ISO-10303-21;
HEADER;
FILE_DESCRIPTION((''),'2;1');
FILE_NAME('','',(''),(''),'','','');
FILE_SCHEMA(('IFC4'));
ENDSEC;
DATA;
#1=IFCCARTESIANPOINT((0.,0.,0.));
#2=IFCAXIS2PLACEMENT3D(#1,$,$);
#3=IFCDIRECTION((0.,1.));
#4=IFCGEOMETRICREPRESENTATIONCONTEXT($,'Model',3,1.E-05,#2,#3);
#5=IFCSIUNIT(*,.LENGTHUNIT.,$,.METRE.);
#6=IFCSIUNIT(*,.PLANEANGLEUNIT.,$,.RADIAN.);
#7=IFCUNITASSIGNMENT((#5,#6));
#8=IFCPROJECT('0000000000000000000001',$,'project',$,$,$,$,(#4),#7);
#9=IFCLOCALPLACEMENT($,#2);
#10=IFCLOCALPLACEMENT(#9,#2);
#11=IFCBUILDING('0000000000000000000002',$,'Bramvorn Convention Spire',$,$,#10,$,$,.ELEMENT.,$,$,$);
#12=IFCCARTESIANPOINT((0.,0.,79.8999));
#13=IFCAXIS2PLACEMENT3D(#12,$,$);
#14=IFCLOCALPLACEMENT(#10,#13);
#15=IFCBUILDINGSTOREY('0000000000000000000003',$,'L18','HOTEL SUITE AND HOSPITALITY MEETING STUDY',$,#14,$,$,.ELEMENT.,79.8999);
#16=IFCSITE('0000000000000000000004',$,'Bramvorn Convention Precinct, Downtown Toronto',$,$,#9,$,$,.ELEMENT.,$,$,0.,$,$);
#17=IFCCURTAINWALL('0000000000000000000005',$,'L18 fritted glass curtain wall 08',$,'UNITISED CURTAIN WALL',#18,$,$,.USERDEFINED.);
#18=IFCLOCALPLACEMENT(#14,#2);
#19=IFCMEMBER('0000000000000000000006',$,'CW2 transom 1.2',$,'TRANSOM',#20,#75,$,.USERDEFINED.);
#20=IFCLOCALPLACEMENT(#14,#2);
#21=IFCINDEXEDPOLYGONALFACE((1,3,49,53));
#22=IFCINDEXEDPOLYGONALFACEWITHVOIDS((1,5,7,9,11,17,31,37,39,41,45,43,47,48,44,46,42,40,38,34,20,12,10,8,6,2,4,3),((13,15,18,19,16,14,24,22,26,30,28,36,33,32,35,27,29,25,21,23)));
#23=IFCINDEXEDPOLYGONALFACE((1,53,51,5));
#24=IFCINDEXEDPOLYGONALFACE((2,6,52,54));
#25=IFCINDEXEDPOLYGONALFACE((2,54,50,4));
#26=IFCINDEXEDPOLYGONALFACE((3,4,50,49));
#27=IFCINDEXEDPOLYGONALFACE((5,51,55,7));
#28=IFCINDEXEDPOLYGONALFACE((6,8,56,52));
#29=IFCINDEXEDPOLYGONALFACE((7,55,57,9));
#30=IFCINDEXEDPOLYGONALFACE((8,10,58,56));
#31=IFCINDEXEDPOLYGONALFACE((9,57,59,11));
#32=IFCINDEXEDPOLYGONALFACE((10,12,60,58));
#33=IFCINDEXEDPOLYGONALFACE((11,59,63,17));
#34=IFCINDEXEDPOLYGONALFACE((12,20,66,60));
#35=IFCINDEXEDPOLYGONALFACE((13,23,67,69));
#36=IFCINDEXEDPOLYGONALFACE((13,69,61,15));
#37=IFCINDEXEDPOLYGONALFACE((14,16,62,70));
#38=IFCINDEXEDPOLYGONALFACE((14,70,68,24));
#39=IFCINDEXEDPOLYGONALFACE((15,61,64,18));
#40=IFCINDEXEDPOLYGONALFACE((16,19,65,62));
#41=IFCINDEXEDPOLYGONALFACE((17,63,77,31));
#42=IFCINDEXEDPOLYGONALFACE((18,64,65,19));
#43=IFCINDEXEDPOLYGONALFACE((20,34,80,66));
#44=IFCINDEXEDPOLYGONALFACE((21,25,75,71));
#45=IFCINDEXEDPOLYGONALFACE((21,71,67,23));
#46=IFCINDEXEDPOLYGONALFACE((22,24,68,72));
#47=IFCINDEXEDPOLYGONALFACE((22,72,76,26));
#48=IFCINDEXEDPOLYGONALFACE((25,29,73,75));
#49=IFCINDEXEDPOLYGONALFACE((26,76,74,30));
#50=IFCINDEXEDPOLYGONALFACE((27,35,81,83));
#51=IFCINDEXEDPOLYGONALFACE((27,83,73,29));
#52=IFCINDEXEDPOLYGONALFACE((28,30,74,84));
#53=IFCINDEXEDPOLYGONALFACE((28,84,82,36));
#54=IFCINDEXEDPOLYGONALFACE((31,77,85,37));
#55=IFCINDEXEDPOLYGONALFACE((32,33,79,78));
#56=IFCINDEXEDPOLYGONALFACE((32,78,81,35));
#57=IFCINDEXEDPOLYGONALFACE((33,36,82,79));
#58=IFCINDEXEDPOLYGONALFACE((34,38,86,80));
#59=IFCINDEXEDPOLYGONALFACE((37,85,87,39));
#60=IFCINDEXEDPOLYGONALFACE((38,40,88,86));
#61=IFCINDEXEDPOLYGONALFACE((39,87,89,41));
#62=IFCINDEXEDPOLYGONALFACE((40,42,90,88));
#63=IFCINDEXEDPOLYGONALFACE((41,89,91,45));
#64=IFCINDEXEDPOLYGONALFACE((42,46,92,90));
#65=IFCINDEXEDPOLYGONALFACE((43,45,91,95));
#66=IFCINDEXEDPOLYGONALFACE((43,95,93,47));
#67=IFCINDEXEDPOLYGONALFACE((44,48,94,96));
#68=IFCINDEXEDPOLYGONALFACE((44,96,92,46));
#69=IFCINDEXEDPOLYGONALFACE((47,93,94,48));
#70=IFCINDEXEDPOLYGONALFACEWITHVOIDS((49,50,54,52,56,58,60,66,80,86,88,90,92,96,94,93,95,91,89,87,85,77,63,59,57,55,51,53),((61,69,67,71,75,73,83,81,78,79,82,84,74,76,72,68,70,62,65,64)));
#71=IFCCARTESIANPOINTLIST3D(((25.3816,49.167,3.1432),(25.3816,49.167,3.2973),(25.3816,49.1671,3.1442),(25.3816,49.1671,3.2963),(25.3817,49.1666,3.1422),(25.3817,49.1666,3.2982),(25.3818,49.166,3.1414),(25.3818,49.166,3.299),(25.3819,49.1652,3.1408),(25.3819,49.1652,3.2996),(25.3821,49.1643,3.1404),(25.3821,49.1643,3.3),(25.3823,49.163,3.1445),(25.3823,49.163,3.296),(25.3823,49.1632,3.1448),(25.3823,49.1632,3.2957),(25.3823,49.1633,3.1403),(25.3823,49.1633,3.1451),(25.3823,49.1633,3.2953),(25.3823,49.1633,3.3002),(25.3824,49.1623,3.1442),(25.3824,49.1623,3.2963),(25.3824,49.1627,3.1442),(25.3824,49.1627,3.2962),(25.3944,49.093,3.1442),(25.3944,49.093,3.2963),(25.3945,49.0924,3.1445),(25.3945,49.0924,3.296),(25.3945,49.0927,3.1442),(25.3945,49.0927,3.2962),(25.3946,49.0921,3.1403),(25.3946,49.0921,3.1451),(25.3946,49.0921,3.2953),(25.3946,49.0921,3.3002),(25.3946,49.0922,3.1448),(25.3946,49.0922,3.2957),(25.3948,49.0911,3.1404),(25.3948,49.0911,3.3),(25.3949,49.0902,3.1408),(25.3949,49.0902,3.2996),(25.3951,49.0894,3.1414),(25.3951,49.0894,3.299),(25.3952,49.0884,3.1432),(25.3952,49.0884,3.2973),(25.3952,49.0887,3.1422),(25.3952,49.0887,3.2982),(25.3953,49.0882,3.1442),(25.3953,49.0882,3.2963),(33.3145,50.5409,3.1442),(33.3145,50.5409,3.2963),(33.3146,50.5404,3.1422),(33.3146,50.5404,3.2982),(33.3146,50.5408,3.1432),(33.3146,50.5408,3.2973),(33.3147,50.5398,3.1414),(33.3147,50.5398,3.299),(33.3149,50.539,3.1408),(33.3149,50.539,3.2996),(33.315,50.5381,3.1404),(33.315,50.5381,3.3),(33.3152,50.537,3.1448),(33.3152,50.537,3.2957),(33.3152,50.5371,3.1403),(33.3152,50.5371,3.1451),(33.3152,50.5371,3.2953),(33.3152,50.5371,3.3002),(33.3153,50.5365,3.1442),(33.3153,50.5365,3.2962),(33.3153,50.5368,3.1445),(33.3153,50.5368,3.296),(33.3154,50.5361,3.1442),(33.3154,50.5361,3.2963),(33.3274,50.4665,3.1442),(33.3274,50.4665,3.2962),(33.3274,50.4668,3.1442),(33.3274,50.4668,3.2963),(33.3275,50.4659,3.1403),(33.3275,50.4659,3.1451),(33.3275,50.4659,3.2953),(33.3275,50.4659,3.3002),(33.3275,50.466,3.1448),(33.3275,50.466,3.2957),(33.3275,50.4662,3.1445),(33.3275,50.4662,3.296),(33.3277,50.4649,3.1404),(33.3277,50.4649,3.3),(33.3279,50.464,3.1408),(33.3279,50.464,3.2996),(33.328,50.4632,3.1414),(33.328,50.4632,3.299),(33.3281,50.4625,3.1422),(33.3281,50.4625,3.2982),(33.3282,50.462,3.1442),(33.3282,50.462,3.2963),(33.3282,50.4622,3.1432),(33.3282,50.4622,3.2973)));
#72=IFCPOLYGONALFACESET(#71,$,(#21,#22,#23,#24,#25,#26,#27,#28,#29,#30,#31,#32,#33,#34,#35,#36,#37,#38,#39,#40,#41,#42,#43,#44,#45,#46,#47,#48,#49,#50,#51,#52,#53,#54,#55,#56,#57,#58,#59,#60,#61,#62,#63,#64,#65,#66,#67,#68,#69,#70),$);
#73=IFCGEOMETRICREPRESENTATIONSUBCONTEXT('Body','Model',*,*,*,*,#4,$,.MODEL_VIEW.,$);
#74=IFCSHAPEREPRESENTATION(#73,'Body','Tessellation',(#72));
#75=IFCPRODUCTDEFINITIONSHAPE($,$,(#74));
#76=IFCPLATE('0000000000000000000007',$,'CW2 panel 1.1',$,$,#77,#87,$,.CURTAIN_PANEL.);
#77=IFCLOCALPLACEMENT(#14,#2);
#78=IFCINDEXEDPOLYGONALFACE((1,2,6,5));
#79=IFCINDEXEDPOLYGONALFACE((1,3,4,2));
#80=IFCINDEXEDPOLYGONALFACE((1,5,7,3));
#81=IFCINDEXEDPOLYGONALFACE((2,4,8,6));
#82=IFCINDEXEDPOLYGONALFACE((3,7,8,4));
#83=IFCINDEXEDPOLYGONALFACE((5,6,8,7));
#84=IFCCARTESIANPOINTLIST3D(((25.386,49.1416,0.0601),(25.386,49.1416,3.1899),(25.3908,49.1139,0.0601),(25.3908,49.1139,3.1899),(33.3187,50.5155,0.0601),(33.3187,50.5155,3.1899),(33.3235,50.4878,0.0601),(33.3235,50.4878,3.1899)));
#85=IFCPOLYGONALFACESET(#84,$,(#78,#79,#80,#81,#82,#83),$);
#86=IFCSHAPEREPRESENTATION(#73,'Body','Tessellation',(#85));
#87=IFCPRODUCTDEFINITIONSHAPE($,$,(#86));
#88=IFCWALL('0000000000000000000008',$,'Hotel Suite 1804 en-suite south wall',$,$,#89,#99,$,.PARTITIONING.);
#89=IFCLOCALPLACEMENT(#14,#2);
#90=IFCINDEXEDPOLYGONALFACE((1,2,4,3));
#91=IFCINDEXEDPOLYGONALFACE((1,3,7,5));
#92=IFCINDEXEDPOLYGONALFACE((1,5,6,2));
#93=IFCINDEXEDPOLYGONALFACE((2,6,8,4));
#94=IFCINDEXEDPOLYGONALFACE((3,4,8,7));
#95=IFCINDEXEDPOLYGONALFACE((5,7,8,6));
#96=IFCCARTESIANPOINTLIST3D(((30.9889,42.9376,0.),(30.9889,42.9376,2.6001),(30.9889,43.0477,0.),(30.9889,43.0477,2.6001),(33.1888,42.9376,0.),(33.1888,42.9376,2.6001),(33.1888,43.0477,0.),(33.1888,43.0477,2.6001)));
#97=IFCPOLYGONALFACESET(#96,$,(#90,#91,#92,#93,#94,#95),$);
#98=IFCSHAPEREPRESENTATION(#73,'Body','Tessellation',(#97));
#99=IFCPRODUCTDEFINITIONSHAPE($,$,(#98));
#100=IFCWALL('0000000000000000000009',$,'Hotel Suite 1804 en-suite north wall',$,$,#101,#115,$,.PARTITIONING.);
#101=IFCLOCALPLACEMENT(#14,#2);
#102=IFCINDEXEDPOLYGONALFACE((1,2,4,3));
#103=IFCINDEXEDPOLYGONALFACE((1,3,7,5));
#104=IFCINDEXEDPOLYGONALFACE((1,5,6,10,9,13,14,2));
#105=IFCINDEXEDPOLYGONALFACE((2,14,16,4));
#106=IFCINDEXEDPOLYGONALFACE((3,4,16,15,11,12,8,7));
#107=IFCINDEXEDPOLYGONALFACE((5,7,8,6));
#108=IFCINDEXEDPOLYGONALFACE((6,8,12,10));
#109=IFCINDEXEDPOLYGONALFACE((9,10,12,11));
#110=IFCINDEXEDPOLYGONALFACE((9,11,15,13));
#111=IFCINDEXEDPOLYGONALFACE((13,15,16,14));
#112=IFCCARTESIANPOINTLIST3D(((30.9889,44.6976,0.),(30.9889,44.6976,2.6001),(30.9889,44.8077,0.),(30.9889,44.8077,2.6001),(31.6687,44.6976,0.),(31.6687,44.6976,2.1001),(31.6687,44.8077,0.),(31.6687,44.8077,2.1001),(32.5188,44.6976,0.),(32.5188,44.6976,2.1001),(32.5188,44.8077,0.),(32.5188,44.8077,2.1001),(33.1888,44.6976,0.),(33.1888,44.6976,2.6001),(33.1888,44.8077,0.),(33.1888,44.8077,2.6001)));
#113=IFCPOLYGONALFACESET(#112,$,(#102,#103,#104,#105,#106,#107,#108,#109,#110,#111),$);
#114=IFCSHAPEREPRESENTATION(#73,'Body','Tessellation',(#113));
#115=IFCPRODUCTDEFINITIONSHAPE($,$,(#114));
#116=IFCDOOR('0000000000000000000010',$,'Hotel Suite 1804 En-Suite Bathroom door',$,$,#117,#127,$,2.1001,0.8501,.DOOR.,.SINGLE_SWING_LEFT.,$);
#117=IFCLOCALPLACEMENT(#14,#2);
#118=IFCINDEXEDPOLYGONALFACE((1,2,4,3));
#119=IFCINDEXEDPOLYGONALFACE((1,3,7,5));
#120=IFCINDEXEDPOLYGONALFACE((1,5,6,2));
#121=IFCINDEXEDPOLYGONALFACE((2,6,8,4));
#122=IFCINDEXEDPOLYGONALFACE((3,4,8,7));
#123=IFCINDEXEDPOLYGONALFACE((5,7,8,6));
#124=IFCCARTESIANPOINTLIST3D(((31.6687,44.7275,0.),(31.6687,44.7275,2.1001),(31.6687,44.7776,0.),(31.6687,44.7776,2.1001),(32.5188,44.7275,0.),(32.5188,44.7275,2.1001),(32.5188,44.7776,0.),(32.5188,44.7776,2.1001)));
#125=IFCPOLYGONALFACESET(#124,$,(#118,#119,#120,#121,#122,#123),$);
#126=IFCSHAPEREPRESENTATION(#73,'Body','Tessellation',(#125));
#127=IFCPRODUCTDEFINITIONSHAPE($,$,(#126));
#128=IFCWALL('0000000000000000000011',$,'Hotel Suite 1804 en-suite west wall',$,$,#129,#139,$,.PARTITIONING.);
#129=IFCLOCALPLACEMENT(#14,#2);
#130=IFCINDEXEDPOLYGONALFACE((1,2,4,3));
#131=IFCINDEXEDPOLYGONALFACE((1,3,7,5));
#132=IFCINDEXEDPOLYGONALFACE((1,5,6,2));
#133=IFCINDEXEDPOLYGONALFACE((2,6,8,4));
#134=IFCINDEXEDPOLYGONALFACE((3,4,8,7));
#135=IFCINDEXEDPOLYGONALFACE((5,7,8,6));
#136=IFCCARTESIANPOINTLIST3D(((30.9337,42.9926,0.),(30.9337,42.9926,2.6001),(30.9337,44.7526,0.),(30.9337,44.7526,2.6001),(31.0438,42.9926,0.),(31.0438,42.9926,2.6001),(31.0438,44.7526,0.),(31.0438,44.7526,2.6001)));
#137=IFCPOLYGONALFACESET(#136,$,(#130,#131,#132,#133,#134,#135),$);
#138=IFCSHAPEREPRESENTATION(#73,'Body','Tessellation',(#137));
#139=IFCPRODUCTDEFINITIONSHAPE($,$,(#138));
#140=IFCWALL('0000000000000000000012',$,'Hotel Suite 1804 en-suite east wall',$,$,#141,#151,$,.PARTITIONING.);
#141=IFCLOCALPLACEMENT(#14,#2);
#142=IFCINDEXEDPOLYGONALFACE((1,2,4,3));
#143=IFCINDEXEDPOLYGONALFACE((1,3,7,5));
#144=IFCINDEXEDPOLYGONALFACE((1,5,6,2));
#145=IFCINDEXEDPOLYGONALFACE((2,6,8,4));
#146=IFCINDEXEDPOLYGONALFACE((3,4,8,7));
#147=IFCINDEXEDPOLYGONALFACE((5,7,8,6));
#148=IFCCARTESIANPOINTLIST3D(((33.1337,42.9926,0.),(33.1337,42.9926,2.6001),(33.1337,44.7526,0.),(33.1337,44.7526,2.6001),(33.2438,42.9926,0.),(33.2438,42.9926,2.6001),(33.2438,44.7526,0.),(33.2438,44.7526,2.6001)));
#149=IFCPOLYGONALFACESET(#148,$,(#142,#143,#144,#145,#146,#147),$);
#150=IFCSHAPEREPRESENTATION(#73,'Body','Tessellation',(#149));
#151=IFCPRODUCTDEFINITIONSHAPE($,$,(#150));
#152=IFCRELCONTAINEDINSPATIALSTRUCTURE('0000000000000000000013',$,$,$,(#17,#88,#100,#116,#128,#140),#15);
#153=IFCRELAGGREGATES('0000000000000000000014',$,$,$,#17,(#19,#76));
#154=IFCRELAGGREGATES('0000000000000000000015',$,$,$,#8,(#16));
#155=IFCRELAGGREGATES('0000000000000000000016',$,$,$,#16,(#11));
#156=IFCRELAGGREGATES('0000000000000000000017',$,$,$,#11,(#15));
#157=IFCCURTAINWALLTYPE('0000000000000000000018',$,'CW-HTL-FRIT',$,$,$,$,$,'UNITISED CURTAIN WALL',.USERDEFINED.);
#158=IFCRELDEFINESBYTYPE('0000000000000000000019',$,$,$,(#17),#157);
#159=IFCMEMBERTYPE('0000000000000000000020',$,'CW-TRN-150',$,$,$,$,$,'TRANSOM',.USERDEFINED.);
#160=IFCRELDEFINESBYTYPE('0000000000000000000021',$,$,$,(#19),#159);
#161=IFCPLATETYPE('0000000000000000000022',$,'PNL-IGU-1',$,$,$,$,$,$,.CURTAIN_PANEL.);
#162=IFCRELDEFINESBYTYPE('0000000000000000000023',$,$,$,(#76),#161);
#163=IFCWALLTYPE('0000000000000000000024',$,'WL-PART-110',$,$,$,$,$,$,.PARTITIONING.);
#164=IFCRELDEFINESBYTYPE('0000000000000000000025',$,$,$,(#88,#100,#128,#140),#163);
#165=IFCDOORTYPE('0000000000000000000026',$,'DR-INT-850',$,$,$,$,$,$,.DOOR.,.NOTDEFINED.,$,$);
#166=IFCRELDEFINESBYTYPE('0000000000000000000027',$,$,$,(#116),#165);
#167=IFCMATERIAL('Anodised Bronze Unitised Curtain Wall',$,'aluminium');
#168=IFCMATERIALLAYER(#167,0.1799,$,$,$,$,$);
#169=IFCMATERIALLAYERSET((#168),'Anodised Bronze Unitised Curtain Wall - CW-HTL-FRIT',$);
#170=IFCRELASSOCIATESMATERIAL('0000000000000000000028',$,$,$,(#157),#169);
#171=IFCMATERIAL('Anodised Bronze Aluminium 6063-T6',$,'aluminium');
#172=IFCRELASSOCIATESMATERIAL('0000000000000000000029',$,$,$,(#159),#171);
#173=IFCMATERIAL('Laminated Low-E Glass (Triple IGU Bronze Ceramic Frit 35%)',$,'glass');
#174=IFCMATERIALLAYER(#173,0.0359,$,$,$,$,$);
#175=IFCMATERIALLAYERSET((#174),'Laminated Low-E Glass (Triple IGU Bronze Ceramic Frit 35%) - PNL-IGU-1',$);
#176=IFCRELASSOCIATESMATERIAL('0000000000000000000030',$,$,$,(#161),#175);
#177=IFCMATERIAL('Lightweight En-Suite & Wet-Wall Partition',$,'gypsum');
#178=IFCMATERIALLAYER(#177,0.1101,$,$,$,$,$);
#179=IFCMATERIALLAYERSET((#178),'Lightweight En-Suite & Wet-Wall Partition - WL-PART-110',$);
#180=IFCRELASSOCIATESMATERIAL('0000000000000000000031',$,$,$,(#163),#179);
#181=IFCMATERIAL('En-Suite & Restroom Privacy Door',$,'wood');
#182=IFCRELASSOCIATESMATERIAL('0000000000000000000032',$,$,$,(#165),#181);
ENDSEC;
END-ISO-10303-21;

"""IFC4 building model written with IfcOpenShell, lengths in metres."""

from ifc_helpers import new_model, si_unit, direction, frame, frame_2d, origin, origin_2d, place, context, subcontext, project, spatial, rectangle, hollow_rectangle, extrude, material, layer, layer_set, material_profile, profile_set, type_object, element, fill, aggregate, save


model = new_model("IFC4")

# Units and contexts
model_context = context("Model", 3, precision=1e-05, world=origin(), true_north=direction((0.0, 1.0)))
body_context = subcontext(model_context, "Body", "Model", "MODEL_VIEW")
ifc_project = project(units=[si_unit("LENGTHUNIT", "METRE"), si_unit("PLANEANGLEUNIT", "RADIAN")], contexts=[model_context])

# Site, building, storey
site_placement = place(None, origin())
site = spatial("IfcSite", under=ifc_project, at=site_placement, Name="Bramvorn Convention Precinct, Downtown Toronto", CompositionType="ELEMENT", RefElevation=0.0)
building_placement = place(site_placement, origin())
building = spatial("IfcBuilding", under=site, at=building_placement, Name="Bramvorn Convention Spire", CompositionType="ELEMENT")
storey_placement = place(building_placement, frame((0.0, 0.0, 79.8999)))
storey = spatial("IfcBuildingStorey", under=building, at=storey_placement, Name="L18", Description="HOTEL SUITE AND HOSPITALITY MEETING STUDY", CompositionType="ELEMENT", Elevation=79.8999)

# Curtain wall
ifc_material_1 = material(Name="Anodised Bronze Unitised Curtain Wall", Category="aluminium")
ifc_layer_1 = layer(ifc_material_1, 0.1799)
ifc_layer_set_1 = layer_set([ifc_layer_1], Name="Anodised Bronze Unitised Curtain Wall - CW-HTL-FRIT")
curtain_wall_type = type_object("IfcCurtainWallType", Name="CW-HTL-FRIT", ElementType="UNITISED CURTAIN WALL", PredefinedType="USERDEFINED", material=ifc_layer_set_1)
ifc_material_2 = material(Name="Anodised Bronze Aluminium 6063-T6", Category="aluminium")
curtain_wall_1_placement = place(storey_placement, origin())
curtain_wall_1 = element("IfcCurtainWall", 1, at=curtain_wall_1_placement, inside=storey, type_object=curtain_wall_type, Name="L18 fritted glass curtain wall 08", ObjectType="UNITISED CURTAIN WALL", PredefinedType="USERDEFINED")

# Member
ifc_material_profile_1 = material_profile(ifc_material_2, hollow_rectangle(XDim=0.0801, YDim=0.1599, WallThickness=0.0039, InnerFilletRadius=0.001, OuterFilletRadius=0.0039, at=origin_2d()))
ifc_profile_set_1 = profile_set([ifc_material_profile_1], Name="Anodised Bronze Aluminium 6063-T6 - CWT80X160")
member_type_1 = type_object("IfcMemberType", Name="CW-TRN-150", ElementType="TRANSOM", PredefinedType="USERDEFINED", material=ifc_profile_set_1)
member_1_placement = place(storey_placement, frame((25.3884, 49.1277, 3.2202), z_axis=(0.985334, 0.170636, 0.0), x_axis=(-0.170636, 0.985334, 0.0)))
member_1 = element("IfcMember", 2, at=member_1_placement, type_object=member_type_1, Name="CW2 transom 1.2", ObjectType="TRANSOM", PredefinedType="USERDEFINED", context=body_context, shape_type="SweptSolid", body=[
    extrude(hollow_rectangle(XDim=0.0801, YDim=0.1599, WallThickness=0.0039, InnerFilletRadius=0.001, OuterFilletRadius=0.0039, at=origin_2d()), origin(), (0.0, 0.0, 1.0), 8.051),
])

# Plate
ifc_material_3 = material(Name="Laminated Low-E Glass (Triple IGU Bronze Ceramic Frit 35%)", Category="glass")
ifc_layer_2 = layer(ifc_material_3, 0.0359)
ifc_layer_set_2 = layer_set([ifc_layer_2], Name="Laminated Low-E Glass (Triple IGU Bronze Ceramic Frit 35%) - PNL-IGU-1")
plate_type = type_object("IfcPlateType", Name="PNL-IGU-1", PredefinedType="CURTAIN_PANEL", material=ifc_layer_set_2)
plate_placement = place(storey_placement, frame((29.3547, 49.8147, 0.0601), z_axis=(0.0, 0.0, 1.0), x_axis=(0.98533, 0.170657, 0.0)))
plate = element("IfcPlate", 3, at=plate_placement, type_object=plate_type, Name="CW2 panel 1.1", PredefinedType="CURTAIN_PANEL", context=body_context, shape_type="SweptSolid", body=[
    extrude(rectangle(XDim=8.0508, YDim=0.0281, at=origin_2d()), origin(), (0.0, 0.0, 1.0), 3.1299),
])
aggregate(curtain_wall_1, [member_1, plate])

# Wall
ifc_material_4 = material(Name="Lightweight En-Suite & Wet-Wall Partition", Category="gypsum")
ifc_layer_3 = layer(ifc_material_4, 0.1101)
ifc_layer_set_3 = layer_set([ifc_layer_3], Name="Lightweight En-Suite & Wet-Wall Partition - WL-PART-110")
wall_type_1 = type_object("IfcWallType", Name="WL-PART-110", PredefinedType="PARTITIONING", material=ifc_layer_set_3)
wall_1_placement = place(storey_placement, frame((30.9888, 42.9927, 0.0), z_axis=(0.0, 0.0, 1.0), x_axis=(1.0, 0.0, 0.0)))
element("IfcWall", 4, at=wall_1_placement, inside=storey, type_object=wall_type_1, Name="Hotel Suite 1804 en-suite south wall", PredefinedType="PARTITIONING", context=body_context, shape_type="SweptSolid", body=[
    extrude(rectangle(XDim=2.2, YDim=0.1101, at=frame_2d((1.1001, 0.0))), origin(), (0.0, 0.0, 1.0), 2.6001),
])

# Wall, opening, door
wall_2_placement = place(storey_placement, frame((30.9888, 44.7527, 0.0), z_axis=(0.0, 0.0, 1.0), x_axis=(1.0, 0.0, 0.0)))
wall_2 = element("IfcWall", 5, at=wall_2_placement, inside=storey, type_object=wall_type_1, Name="Hotel Suite 1804 en-suite north wall", PredefinedType="PARTITIONING", context=body_context, shape_type="SweptSolid", body=[
    extrude(rectangle(XDim=2.2, YDim=0.1101, at=frame_2d((1.1001, 0.0))), origin(), (0.0, 0.0, 1.0), 2.6001),
])
opening_1_placement = place(wall_2_placement, frame((0.6799, 0.0, 0.0)))
opening_1 = element("IfcOpeningElement", 6, at=opening_1_placement, cuts=wall_2, PredefinedType="OPENING", context=body_context, shape_type="SweptSolid", body=[
    extrude(rectangle(XDim=0.8501, YDim=2.1001, at=frame_2d((0.425, 1.05))), frame((0.0, 0.0649, 0.0), z_axis=(0.0, -1.0, 0.0), x_axis=(1.0, 0.0, 0.0)), (0.0, 0.0, 1.0), 0.1301),
])
ifc_material_5 = material(Name="En-Suite & Restroom Privacy Door", Category="wood")
door_type_1 = type_object("IfcDoorType", Name="DR-INT-850", OperationType="NOTDEFINED", PredefinedType="DOOR", material=ifc_material_5)
door_1_placement = place(opening_1_placement, origin())
door_1 = element("IfcDoor", 7, at=door_1_placement, inside=storey, type_object=door_type_1, Name="Hotel Suite 1804 En-Suite Bathroom door", OperationType="SINGLE_SWING_LEFT", OverallHeight=2.1001, OverallWidth=0.8501, PredefinedType="DOOR", context=body_context, shape_type="SweptSolid", body=[
    extrude(rectangle(XDim=0.8501, YDim=2.1001, at=frame_2d((0.425, 1.05))), frame((0.0, 0.0249, 0.0), z_axis=(0.0, -1.0, 0.0), x_axis=(1.0, 0.0, 0.0)), (0.0, 0.0, 1.0), 0.05),
])
fill(opening_1, door_1)

# Walls
for number, where, z_axis, x_axis, name in (
    (8, (30.9888, 42.9927, 0.0), (0.0, 0.0, 1.0), (0.0, 1.0, 0.0), "Hotel Suite 1804 en-suite west wall"),
    (9, (33.1887, 42.9927, 0.0), (0.0, 0.0, 1.0), (0.0, 1.0, 0.0), "Hotel Suite 1804 en-suite east wall"),
):
    element("IfcWall", number, at=place(storey_placement, frame(where, z_axis=z_axis, x_axis=x_axis)), inside=storey, type_object=wall_type_1, Name=name, PredefinedType="PARTITIONING", context=body_context, shape_type="SweptSolid", body=[
        extrude(rectangle(XDim=1.76, YDim=0.1101, at=frame_2d((0.8799, 0.0))), origin(), (0.0, 0.0, 1.0), 2.6001),
    ])

save(model, "model.ifc")
